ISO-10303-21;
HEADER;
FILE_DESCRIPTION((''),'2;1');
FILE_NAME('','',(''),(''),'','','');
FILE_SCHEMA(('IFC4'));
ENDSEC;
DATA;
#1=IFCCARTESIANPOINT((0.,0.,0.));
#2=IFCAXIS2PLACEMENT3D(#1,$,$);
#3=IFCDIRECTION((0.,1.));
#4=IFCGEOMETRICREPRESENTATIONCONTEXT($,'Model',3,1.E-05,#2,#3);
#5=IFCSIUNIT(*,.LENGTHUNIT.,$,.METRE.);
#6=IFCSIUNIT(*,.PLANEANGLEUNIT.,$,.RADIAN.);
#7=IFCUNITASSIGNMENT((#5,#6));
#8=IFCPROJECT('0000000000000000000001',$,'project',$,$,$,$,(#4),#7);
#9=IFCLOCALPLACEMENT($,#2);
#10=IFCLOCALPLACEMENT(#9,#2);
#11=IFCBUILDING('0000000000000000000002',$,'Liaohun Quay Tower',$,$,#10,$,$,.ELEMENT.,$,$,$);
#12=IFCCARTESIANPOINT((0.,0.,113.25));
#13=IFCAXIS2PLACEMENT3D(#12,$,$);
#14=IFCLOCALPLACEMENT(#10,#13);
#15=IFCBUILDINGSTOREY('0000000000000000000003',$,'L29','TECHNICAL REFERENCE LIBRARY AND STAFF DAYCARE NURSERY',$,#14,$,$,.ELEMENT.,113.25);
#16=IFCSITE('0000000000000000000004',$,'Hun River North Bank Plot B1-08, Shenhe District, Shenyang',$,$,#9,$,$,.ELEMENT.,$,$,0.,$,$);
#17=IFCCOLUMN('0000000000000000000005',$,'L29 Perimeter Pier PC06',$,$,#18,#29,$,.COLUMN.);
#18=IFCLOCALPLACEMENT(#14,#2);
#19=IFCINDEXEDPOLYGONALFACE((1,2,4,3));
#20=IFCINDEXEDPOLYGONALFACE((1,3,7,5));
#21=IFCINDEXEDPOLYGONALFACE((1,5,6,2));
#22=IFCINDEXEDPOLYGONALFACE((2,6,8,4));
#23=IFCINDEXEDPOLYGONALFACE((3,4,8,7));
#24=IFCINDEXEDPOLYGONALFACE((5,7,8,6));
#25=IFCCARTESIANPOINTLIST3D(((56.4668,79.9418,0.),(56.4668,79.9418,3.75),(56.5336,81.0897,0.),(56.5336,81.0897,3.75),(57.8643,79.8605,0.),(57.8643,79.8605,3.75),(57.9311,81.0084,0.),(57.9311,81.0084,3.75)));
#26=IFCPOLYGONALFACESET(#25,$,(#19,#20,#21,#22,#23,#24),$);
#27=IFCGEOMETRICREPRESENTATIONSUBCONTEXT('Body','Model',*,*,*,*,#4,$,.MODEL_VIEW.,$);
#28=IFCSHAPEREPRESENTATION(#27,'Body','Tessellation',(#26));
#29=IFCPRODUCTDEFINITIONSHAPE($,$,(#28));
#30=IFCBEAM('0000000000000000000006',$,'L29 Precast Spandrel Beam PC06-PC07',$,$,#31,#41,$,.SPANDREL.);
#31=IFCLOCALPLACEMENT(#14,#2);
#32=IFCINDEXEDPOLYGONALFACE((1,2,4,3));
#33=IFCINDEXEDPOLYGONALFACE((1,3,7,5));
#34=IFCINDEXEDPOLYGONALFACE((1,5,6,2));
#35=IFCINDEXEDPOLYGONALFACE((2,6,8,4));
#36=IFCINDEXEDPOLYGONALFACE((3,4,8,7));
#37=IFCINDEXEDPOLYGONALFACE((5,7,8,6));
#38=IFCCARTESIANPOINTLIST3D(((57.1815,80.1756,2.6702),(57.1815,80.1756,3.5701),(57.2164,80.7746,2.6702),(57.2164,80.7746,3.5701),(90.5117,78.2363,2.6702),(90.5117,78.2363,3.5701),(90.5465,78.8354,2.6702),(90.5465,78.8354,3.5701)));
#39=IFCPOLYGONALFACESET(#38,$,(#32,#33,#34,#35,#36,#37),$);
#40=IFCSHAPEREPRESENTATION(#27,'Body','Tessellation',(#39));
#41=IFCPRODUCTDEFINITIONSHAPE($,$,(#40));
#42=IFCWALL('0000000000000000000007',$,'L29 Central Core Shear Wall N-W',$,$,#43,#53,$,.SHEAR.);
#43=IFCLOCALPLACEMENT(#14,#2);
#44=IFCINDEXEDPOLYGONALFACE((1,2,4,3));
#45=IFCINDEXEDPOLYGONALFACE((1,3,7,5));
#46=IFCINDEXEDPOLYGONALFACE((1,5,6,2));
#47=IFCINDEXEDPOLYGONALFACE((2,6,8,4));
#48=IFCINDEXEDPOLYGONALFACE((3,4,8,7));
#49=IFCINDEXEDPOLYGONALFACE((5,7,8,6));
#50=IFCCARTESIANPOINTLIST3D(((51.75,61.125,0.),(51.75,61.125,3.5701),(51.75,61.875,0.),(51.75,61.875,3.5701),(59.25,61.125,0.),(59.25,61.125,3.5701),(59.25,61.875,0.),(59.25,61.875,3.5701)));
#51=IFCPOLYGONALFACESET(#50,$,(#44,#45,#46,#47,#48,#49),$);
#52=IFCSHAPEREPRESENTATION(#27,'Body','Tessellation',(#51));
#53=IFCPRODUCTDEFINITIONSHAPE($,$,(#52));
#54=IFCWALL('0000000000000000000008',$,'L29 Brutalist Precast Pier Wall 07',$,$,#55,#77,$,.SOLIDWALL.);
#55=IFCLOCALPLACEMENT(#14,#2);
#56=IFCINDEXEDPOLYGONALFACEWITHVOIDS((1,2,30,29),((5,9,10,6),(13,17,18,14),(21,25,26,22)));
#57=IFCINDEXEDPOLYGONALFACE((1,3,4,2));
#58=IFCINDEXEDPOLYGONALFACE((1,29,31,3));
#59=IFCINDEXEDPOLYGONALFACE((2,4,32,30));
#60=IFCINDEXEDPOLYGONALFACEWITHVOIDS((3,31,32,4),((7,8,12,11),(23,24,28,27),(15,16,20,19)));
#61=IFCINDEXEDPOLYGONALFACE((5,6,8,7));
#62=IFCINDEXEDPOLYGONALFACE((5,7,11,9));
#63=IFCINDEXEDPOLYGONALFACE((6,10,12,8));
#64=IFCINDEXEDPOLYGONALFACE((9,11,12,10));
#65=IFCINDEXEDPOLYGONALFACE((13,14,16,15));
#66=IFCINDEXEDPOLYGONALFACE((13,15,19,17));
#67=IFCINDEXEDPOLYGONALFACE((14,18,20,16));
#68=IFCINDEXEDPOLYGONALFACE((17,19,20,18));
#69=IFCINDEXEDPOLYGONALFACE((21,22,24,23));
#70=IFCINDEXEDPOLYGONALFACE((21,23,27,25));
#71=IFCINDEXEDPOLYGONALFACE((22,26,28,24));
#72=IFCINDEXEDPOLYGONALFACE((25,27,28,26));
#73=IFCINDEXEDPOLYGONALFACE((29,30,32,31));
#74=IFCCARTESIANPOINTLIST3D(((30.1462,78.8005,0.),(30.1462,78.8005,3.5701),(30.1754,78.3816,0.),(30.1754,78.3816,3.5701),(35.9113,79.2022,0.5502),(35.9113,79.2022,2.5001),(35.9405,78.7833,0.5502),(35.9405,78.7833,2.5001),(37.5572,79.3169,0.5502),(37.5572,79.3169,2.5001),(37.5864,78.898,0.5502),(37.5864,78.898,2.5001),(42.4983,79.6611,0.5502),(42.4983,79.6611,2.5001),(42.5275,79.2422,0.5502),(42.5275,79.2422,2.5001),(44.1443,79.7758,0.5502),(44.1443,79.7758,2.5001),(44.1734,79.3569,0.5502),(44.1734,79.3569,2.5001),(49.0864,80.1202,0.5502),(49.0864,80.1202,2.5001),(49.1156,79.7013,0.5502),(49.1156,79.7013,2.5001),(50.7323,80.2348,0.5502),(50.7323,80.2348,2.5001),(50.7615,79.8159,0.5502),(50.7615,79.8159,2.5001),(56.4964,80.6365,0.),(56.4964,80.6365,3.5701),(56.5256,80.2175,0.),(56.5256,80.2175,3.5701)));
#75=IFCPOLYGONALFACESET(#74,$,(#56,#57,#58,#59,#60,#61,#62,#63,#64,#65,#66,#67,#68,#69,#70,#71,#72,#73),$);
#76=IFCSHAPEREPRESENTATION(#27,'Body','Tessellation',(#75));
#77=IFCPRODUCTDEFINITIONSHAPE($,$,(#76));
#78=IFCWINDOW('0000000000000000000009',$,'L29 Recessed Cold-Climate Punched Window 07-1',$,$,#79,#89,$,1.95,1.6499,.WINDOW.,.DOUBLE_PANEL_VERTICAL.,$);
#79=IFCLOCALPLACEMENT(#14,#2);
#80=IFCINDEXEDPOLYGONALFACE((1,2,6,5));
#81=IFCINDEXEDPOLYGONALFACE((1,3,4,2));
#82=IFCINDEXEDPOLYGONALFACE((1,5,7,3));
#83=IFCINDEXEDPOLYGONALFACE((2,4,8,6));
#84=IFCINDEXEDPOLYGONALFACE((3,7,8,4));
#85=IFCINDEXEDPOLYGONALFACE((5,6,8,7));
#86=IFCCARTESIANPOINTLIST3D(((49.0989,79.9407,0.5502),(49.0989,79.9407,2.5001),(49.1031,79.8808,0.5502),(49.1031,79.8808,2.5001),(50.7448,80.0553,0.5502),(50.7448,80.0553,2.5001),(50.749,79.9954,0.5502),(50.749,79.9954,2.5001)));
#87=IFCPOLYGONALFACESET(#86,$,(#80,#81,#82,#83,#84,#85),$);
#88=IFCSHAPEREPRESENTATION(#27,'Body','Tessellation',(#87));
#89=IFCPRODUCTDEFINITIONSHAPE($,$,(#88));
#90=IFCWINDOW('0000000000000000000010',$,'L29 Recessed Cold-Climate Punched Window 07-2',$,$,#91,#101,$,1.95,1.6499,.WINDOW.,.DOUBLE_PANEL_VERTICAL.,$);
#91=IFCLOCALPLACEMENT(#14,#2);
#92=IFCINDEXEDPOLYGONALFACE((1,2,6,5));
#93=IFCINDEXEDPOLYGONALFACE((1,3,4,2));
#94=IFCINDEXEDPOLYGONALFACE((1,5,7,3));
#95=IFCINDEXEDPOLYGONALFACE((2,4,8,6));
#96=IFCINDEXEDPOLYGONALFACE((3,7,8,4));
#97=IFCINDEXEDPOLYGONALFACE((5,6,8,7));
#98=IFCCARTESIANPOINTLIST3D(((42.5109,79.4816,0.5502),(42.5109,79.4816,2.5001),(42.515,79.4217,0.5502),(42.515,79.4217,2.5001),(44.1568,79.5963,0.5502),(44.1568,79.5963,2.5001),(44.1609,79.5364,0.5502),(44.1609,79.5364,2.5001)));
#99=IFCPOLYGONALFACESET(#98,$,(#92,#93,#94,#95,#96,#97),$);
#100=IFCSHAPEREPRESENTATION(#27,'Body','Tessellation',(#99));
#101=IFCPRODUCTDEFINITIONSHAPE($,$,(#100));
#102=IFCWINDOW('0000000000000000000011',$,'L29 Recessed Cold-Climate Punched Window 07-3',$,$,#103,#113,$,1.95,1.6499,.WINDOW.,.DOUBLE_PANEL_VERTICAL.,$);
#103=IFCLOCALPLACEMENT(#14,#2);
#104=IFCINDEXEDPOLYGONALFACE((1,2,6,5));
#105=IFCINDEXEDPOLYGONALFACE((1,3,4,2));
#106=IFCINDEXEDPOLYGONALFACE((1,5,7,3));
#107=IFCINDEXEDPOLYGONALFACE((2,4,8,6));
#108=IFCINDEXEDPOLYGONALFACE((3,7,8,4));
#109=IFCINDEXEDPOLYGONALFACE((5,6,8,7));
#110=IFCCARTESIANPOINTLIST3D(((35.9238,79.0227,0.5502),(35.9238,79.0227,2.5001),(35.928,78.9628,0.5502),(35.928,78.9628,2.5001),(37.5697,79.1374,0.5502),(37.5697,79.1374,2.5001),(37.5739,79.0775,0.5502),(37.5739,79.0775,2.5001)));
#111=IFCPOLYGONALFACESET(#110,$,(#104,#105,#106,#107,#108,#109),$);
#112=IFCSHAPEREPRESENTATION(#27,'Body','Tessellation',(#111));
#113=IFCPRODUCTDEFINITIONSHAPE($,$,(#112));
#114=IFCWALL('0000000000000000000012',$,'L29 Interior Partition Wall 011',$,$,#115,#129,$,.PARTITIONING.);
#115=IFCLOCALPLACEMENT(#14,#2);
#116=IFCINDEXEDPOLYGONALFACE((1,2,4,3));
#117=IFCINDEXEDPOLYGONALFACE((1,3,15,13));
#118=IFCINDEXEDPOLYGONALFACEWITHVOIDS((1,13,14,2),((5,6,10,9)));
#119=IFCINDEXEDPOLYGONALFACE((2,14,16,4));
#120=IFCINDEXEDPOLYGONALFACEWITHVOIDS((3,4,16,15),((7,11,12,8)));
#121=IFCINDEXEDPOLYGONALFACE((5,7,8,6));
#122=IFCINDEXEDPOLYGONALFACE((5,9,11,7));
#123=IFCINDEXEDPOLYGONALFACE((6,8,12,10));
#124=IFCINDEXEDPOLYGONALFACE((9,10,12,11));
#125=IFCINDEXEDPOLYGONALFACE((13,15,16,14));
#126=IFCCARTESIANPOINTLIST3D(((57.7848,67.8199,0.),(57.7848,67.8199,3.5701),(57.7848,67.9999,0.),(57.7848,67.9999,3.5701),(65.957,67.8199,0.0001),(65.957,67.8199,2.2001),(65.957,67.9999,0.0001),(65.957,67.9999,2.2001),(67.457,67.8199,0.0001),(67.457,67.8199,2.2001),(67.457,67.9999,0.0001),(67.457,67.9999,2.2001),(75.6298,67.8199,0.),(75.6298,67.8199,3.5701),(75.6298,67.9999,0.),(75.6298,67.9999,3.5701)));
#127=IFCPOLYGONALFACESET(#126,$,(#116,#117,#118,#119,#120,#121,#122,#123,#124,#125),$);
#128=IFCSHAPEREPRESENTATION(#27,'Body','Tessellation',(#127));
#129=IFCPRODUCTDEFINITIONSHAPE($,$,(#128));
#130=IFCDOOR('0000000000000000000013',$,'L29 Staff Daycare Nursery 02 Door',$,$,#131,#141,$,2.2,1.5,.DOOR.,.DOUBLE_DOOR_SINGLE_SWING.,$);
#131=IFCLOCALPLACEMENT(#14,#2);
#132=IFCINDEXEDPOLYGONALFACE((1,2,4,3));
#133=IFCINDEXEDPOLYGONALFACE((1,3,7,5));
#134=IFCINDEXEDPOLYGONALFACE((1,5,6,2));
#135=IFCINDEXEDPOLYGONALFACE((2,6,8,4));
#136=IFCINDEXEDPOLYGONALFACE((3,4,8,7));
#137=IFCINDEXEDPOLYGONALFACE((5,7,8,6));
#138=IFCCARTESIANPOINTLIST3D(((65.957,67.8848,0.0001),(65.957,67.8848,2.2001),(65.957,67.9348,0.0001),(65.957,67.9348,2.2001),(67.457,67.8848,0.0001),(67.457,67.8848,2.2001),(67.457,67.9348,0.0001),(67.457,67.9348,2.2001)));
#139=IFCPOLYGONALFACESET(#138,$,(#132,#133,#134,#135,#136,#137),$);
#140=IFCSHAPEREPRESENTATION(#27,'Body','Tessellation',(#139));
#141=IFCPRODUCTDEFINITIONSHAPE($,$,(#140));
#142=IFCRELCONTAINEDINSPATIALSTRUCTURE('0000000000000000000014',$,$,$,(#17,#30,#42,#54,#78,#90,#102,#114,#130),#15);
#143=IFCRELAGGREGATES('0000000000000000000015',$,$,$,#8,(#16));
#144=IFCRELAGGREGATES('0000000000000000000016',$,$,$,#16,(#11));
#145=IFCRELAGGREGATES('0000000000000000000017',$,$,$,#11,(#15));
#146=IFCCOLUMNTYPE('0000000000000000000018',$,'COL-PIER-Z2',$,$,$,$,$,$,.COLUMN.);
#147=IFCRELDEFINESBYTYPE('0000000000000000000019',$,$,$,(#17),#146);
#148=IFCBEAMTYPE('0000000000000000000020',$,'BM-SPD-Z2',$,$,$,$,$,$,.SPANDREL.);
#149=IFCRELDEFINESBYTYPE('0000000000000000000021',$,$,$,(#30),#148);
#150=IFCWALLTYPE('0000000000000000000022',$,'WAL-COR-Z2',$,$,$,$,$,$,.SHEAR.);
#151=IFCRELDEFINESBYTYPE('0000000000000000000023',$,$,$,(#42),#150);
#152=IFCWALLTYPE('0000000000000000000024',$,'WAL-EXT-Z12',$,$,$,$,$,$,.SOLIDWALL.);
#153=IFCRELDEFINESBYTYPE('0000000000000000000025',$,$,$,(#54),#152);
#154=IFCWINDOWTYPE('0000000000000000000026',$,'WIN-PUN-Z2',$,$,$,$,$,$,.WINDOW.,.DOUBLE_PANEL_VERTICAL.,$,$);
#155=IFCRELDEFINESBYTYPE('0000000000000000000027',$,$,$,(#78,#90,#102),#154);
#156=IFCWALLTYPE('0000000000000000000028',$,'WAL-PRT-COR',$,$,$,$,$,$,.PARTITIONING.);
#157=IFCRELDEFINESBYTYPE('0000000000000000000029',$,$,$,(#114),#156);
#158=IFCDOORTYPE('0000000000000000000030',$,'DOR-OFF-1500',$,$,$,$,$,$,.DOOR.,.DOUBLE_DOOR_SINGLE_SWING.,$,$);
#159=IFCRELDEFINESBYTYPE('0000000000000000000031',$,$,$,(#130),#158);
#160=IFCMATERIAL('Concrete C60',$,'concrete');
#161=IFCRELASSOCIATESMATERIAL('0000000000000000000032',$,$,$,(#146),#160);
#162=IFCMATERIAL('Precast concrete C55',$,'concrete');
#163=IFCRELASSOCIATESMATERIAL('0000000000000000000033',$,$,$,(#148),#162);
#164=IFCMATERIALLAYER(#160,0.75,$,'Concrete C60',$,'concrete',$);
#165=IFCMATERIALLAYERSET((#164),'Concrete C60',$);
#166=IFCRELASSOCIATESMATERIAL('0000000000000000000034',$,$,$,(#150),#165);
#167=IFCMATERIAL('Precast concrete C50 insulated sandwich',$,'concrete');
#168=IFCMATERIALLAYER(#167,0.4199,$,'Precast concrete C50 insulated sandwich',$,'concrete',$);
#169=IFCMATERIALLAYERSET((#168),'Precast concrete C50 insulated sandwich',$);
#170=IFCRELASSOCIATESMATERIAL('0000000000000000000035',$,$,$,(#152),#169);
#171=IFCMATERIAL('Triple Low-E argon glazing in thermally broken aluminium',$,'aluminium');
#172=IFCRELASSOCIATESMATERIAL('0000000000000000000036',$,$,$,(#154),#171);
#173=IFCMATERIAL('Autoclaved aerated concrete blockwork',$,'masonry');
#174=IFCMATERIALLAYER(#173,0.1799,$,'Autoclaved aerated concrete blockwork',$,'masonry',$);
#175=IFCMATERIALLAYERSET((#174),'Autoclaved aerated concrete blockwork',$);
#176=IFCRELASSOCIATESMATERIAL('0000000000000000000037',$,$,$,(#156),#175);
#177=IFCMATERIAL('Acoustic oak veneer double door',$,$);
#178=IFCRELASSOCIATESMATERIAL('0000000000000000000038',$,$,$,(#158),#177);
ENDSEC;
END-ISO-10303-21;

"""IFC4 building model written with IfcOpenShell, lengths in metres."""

from ifc_helpers import new_model, si_unit, direction, frame, frame_2d, origin, origin_2d, place, context, subcontext, project, spatial, rectangle, extrude, source, transform, mapped, material, layer, layer_set, material_profile, profile_set, type_object, element, fill, save


model = new_model("IFC4")

# Units and contexts
model_context = context("Model", 3, precision=1e-05, world=origin(), true_north=direction((0.0, 1.0)))
body_context = subcontext(model_context, "Body", "Model", "MODEL_VIEW")
ifc_project = project(units=[si_unit("LENGTHUNIT", "METRE"), si_unit("PLANEANGLEUNIT", "RADIAN")], contexts=[model_context])

# Site, building, storey
site_placement = place(None, origin())
site = spatial("IfcSite", under=ifc_project, at=site_placement, Name="Hun River North Bank Plot B1-08, Shenhe District, Shenyang", CompositionType="ELEMENT", RefElevation=0.0)
building_placement = place(site_placement, origin())
building = spatial("IfcBuilding", under=site, at=building_placement, Name="Liaohun Quay Tower", CompositionType="ELEMENT")
storey_placement = place(building_placement, frame((0.0, 0.0, 113.25)))
storey = spatial("IfcBuildingStorey", under=building, at=storey_placement, Name="L29", Description="TECHNICAL REFERENCE LIBRARY AND STAFF DAYCARE NURSERY", CompositionType="ELEMENT", Elevation=113.25)

# Column
ifc_material_1 = material(Name="Concrete C60", Category="concrete")
ifc_material_profile_1 = material_profile(ifc_material_1, rectangle(XDim=1.3999, YDim=1.1499, at=origin_2d()), Name="RC1400x1150")
ifc_profile_set_1 = profile_set([ifc_material_profile_1], Name="Concrete C60")
column_type = type_object("IfcColumnType", Name="COL-PIER-Z2", PredefinedType="COLUMN", material=ifc_profile_set_1)
shared_shape_1 = source(origin(), body_context, "Body", "SweptSolid", [
    extrude(rectangle(XDim=1.3999, YDim=1.1499, at=origin_2d()), origin(), (0.0, 0.0, 1.0), 3.75),
])
column_placement = place(storey_placement, frame((57.199, 80.4751, 0.0), z_axis=(0.0, 0.0, 1.0), x_axis=(-0.998312, 0.058087, 0.0)))
element("IfcColumn", 1, at=column_placement, inside=storey, type_object=column_type, Name="L29 Perimeter Pier PC06", PredefinedType="COLUMN", context=body_context, shape_type="MappedRepresentation", body=[
    mapped(shared_shape_1, transform((0.0, 0.0, 0.0), x_axis=(1.0, 0.0, 0.0), y_axis=(0.0, 1.0, 0.0), z_axis=(0.0, 0.0, 1.0), scale=1.0)),
])

# Beam
ifc_material_2 = material(Name="Precast concrete C55", Category="concrete")
ifc_material_profile_2 = material_profile(ifc_material_2, rectangle(XDim=0.6001, YDim=0.8999, at=origin_2d()), Name="RC600x900")
ifc_profile_set_2 = profile_set([ifc_material_profile_2], Name="Precast concrete C55")
beam_type = type_object("IfcBeamType", Name="BM-SPD-Z2", PredefinedType="SPANDREL", material=ifc_profile_set_2)
shared_shape_2 = source(origin(), body_context, "Body", "SweptSolid", [
    extrude(rectangle(XDim=0.6001, YDim=0.8999, at=origin_2d()), origin(), (0.0, 0.0, 1.0), 33.3865),
])
beam_placement = place(storey_placement, frame((57.199, 80.4751, 3.1201), z_axis=(0.998312, -0.058084, 0.0), x_axis=(0.058084, 0.998312, 0.0)))
element("IfcBeam", 2, at=beam_placement, inside=storey, type_object=beam_type, Name="L29 Precast Spandrel Beam PC06-PC07", PredefinedType="SPANDREL", context=body_context, shape_type="MappedRepresentation", body=[
    mapped(shared_shape_2, transform((0.0, 0.0, 0.0), x_axis=(1.0, 0.0, 0.0), y_axis=(0.0, 1.0, 0.0), z_axis=(0.0, 0.0, 1.0), scale=1.0)),
])

# Wall
ifc_layer_1 = layer(ifc_material_1, 0.75, Name="Concrete C60", Category="concrete")
ifc_layer_set_1 = layer_set([ifc_layer_1], Name="Concrete C60")
wall_type_1 = type_object("IfcWallType", Name="WAL-COR-Z2", PredefinedType="SHEAR", material=ifc_layer_set_1)
wall_1_placement = place(storey_placement, frame((51.75, 61.5, 0.0), z_axis=(0.0, 0.0, 1.0), x_axis=(1.0, 0.0, 0.0)))
element("IfcWall", 3, at=wall_1_placement, inside=storey, type_object=wall_type_1, Name="L29 Central Core Shear Wall N-W", PredefinedType="SHEAR", context=body_context, shape_type="SweptSolid", body=[
    extrude(rectangle(XDim=7.5, YDim=0.75, at=frame_2d((3.75, 0.0))), origin(), (0.0, 0.0, 1.0), 3.5701),
])

# Wall, openings, windows
ifc_material_3 = material(Name="Precast concrete C50 insulated sandwich", Category="concrete")
ifc_layer_2 = layer(ifc_material_3, 0.4199, Name="Precast concrete C50 insulated sandwich", Category="concrete")
ifc_layer_set_2 = layer_set([ifc_layer_2], Name="Precast concrete C50 insulated sandwich")
wall_type_2 = type_object("IfcWallType", Name="WAL-EXT-Z12", PredefinedType="SOLIDWALL", material=ifc_layer_set_2)
wall_2_placement = place(storey_placement, frame((56.511, 80.427, 0.0), z_axis=(0.0, 0.0, 1.0), x_axis=(-0.997582, -0.069506, 0.0)))
wall_2 = element("IfcWall", 4, at=wall_2_placement, inside=storey, type_object=wall_type_2, Name="L29 Brutalist Precast Pier Wall 07", PredefinedType="SOLIDWALL", context=body_context, shape_type="SweptSolid", body=[
    extrude(rectangle(XDim=26.4141, YDim=0.4199, at=frame_2d((13.207, 0.0))), origin(), (0.0, 0.0, 1.0), 3.5701),
])
shared_shape_3 = source(origin(), body_context, "Body", "SweptSolid", [
    extrude(rectangle(XDim=1.6499, YDim=1.95, at=frame_2d((0.825, 0.9751))), frame((0.0, 0.22, 0.0), z_axis=(0.0, -1.0, 0.0), x_axis=(1.0, 0.0, 0.0)), (0.0, 0.0, 1.0), 0.4399),
])
opening_1_placement = place(wall_2_placement, frame((5.7781, 0.0, 0.55)))
opening_1 = element("IfcOpeningElement", 5, at=opening_1_placement, cuts=wall_2, PredefinedType="OPENING", context=body_context, shape_type="MappedRepresentation", body=[
    mapped(shared_shape_3, transform((0.0, 0.0, 0.0), x_axis=(1.0, 0.0, 0.0), y_axis=(0.0, 1.0, 0.0), z_axis=(0.0, 0.0, 1.0), scale=1.0)),
])
opening_2_placement = place(wall_2_placement, frame((12.3821, 0.0, 0.55)))
opening_2 = element("IfcOpeningElement", 6, at=opening_2_placement, cuts=wall_2, PredefinedType="OPENING", context=body_context, shape_type="MappedRepresentation", body=[
    mapped(shared_shape_3, transform((0.0, 0.0, 0.0), x_axis=(1.0, 0.0, 0.0), y_axis=(0.0, 1.0, 0.0), z_axis=(0.0, 0.0, 1.0), scale=1.0)),
])
opening_3_placement = place(wall_2_placement, frame((18.9851, 0.0, 0.55)))
opening_3 = element("IfcOpeningElement", 7, at=opening_3_placement, cuts=wall_2, PredefinedType="OPENING", context=body_context, shape_type="MappedRepresentation", body=[
    mapped(shared_shape_3, transform((0.0, 0.0, 0.0), x_axis=(1.0, 0.0, 0.0), y_axis=(0.0, 1.0, 0.0), z_axis=(0.0, 0.0, 1.0), scale=1.0)),
])
ifc_material_4 = material(Name="Triple Low-E argon glazing in thermally broken aluminium", Category="aluminium")
window_type = type_object("IfcWindowType", Name="WIN-PUN-Z2", PartitioningType="DOUBLE_PANEL_VERTICAL", PredefinedType="WINDOW", material=ifc_material_4)
shared_shape_4 = source(origin(), body_context, "Body", "SweptSolid", [
    extrude(rectangle(XDim=1.6499, YDim=1.95, at=frame_2d((0.825, 0.9751))), frame((0.0, 0.03, 0.0), z_axis=(0.0, -1.0, 0.0), x_axis=(1.0, 0.0, 0.0)), (0.0, 0.0, 1.0), 0.0601),
])
window_1_placement = place(opening_1_placement, origin())
window_1 = element("IfcWindow", 8, at=window_1_placement, inside=storey, type_object=window_type, Name="L29 Recessed Cold-Climate Punched Window 07-1", OverallHeight=1.95, OverallWidth=1.6499, PartitioningType="DOUBLE_PANEL_VERTICAL", PredefinedType="WINDOW", context=body_context, shape_type="MappedRepresentation", body=[
    mapped(shared_shape_4, transform((0.0, 0.0, 0.0), x_axis=(1.0, 0.0, 0.0), y_axis=(0.0, 1.0, 0.0), z_axis=(0.0, 0.0, 1.0), scale=1.0)),
])
fill(opening_1, window_1)
window_2_placement = place(opening_2_placement, origin())
window_2 = element("IfcWindow", 9, at=window_2_placement, inside=storey, type_object=window_type, Name="L29 Recessed Cold-Climate Punched Window 07-2", OverallHeight=1.95, OverallWidth=1.6499, PartitioningType="DOUBLE_PANEL_VERTICAL", PredefinedType="WINDOW", context=body_context, shape_type="MappedRepresentation", body=[
    mapped(shared_shape_4, transform((0.0, 0.0, 0.0), x_axis=(1.0, 0.0, 0.0), y_axis=(0.0, 1.0, 0.0), z_axis=(0.0, 0.0, 1.0), scale=1.0)),
])
fill(opening_2, window_2)
window_3_placement = place(opening_3_placement, origin())
window_3 = element("IfcWindow", 10, at=window_3_placement, inside=storey, type_object=window_type, Name="L29 Recessed Cold-Climate Punched Window 07-3", OverallHeight=1.95, OverallWidth=1.6499, PartitioningType="DOUBLE_PANEL_VERTICAL", PredefinedType="WINDOW", context=body_context, shape_type="MappedRepresentation", body=[
    mapped(shared_shape_4, transform((0.0, 0.0, 0.0), x_axis=(1.0, 0.0, 0.0), y_axis=(0.0, 1.0, 0.0), z_axis=(0.0, 0.0, 1.0), scale=1.0)),
])
fill(opening_3, window_3)

# Wall, opening, door
ifc_material_5 = material(Name="Autoclaved aerated concrete blockwork", Category="masonry")
ifc_layer_3 = layer(ifc_material_5, 0.1799, Name="Autoclaved aerated concrete blockwork", Category="masonry")
ifc_layer_set_3 = layer_set([ifc_layer_3], Name="Autoclaved aerated concrete blockwork")
wall_type_3 = type_object("IfcWallType", Name="WAL-PRT-COR", PredefinedType="PARTITIONING", material=ifc_layer_set_3)
wall_3_placement = place(storey_placement, frame((57.7849, 67.9099, 0.0), z_axis=(0.0, 0.0, 1.0), x_axis=(1.0, 0.0, 0.0)))
wall_3 = element("IfcWall", 11, at=wall_3_placement, inside=storey, type_object=wall_type_3, Name="L29 Interior Partition Wall 011", PredefinedType="PARTITIONING", context=body_context, shape_type="SweptSolid", body=[
    extrude(rectangle(XDim=17.845, YDim=0.1799, at=frame_2d((8.9224, 0.0))), origin(), (0.0, 0.0, 1.0), 3.5701),
])
shared_shape_5 = source(origin(), body_context, "Body", "SweptSolid", [
    extrude(rectangle(XDim=1.5, YDim=2.2, at=frame_2d((0.75, 1.1001))), frame((0.0, 0.0999, 0.0), z_axis=(0.0, -1.0, 0.0), x_axis=(1.0, 0.0, 0.0)), (0.0, 0.0, 1.0), 0.2),
])
opening_4_placement = place(wall_3_placement, frame((8.1721, 0.0, 0.0)))
opening_4 = element("IfcOpeningElement", 12, at=opening_4_placement, cuts=wall_3, PredefinedType="OPENING", context=body_context, shape_type="MappedRepresentation", body=[
    mapped(shared_shape_5, transform((0.0, 0.0, 0.0), x_axis=(1.0, 0.0, 0.0), y_axis=(0.0, 1.0, 0.0), z_axis=(0.0, 0.0, 1.0), scale=1.0)),
])
ifc_material_6 = material(Name="Acoustic oak veneer double door")
door_type_1 = type_object("IfcDoorType", Name="DOR-OFF-1500", OperationType="DOUBLE_DOOR_SINGLE_SWING", PredefinedType="DOOR", material=ifc_material_6)
shared_shape_6 = source(origin(), body_context, "Body", "SweptSolid", [
    extrude(rectangle(XDim=1.5, YDim=2.2, at=frame_2d((0.75, 1.1001))), frame((0.0, 0.0249, 0.0), z_axis=(0.0, -1.0, 0.0), x_axis=(1.0, 0.0, 0.0)), (0.0, 0.0, 1.0), 0.05),
])
door_1_placement = place(opening_4_placement, origin())
door_1 = element("IfcDoor", 13, at=door_1_placement, inside=storey, type_object=door_type_1, Name="L29 Staff Daycare Nursery 02 Door", OperationType="DOUBLE_DOOR_SINGLE_SWING", OverallHeight=2.2, OverallWidth=1.5, PredefinedType="DOOR", context=body_context, shape_type="MappedRepresentation", body=[
    mapped(shared_shape_6, transform((0.0, 0.0, 0.0), x_axis=(1.0, 0.0, 0.0), y_axis=(0.0, 1.0, 0.0), z_axis=(0.0, 0.0, 1.0), scale=1.0)),
])
fill(opening_4, door_1)

save(model, "model.ifc")
